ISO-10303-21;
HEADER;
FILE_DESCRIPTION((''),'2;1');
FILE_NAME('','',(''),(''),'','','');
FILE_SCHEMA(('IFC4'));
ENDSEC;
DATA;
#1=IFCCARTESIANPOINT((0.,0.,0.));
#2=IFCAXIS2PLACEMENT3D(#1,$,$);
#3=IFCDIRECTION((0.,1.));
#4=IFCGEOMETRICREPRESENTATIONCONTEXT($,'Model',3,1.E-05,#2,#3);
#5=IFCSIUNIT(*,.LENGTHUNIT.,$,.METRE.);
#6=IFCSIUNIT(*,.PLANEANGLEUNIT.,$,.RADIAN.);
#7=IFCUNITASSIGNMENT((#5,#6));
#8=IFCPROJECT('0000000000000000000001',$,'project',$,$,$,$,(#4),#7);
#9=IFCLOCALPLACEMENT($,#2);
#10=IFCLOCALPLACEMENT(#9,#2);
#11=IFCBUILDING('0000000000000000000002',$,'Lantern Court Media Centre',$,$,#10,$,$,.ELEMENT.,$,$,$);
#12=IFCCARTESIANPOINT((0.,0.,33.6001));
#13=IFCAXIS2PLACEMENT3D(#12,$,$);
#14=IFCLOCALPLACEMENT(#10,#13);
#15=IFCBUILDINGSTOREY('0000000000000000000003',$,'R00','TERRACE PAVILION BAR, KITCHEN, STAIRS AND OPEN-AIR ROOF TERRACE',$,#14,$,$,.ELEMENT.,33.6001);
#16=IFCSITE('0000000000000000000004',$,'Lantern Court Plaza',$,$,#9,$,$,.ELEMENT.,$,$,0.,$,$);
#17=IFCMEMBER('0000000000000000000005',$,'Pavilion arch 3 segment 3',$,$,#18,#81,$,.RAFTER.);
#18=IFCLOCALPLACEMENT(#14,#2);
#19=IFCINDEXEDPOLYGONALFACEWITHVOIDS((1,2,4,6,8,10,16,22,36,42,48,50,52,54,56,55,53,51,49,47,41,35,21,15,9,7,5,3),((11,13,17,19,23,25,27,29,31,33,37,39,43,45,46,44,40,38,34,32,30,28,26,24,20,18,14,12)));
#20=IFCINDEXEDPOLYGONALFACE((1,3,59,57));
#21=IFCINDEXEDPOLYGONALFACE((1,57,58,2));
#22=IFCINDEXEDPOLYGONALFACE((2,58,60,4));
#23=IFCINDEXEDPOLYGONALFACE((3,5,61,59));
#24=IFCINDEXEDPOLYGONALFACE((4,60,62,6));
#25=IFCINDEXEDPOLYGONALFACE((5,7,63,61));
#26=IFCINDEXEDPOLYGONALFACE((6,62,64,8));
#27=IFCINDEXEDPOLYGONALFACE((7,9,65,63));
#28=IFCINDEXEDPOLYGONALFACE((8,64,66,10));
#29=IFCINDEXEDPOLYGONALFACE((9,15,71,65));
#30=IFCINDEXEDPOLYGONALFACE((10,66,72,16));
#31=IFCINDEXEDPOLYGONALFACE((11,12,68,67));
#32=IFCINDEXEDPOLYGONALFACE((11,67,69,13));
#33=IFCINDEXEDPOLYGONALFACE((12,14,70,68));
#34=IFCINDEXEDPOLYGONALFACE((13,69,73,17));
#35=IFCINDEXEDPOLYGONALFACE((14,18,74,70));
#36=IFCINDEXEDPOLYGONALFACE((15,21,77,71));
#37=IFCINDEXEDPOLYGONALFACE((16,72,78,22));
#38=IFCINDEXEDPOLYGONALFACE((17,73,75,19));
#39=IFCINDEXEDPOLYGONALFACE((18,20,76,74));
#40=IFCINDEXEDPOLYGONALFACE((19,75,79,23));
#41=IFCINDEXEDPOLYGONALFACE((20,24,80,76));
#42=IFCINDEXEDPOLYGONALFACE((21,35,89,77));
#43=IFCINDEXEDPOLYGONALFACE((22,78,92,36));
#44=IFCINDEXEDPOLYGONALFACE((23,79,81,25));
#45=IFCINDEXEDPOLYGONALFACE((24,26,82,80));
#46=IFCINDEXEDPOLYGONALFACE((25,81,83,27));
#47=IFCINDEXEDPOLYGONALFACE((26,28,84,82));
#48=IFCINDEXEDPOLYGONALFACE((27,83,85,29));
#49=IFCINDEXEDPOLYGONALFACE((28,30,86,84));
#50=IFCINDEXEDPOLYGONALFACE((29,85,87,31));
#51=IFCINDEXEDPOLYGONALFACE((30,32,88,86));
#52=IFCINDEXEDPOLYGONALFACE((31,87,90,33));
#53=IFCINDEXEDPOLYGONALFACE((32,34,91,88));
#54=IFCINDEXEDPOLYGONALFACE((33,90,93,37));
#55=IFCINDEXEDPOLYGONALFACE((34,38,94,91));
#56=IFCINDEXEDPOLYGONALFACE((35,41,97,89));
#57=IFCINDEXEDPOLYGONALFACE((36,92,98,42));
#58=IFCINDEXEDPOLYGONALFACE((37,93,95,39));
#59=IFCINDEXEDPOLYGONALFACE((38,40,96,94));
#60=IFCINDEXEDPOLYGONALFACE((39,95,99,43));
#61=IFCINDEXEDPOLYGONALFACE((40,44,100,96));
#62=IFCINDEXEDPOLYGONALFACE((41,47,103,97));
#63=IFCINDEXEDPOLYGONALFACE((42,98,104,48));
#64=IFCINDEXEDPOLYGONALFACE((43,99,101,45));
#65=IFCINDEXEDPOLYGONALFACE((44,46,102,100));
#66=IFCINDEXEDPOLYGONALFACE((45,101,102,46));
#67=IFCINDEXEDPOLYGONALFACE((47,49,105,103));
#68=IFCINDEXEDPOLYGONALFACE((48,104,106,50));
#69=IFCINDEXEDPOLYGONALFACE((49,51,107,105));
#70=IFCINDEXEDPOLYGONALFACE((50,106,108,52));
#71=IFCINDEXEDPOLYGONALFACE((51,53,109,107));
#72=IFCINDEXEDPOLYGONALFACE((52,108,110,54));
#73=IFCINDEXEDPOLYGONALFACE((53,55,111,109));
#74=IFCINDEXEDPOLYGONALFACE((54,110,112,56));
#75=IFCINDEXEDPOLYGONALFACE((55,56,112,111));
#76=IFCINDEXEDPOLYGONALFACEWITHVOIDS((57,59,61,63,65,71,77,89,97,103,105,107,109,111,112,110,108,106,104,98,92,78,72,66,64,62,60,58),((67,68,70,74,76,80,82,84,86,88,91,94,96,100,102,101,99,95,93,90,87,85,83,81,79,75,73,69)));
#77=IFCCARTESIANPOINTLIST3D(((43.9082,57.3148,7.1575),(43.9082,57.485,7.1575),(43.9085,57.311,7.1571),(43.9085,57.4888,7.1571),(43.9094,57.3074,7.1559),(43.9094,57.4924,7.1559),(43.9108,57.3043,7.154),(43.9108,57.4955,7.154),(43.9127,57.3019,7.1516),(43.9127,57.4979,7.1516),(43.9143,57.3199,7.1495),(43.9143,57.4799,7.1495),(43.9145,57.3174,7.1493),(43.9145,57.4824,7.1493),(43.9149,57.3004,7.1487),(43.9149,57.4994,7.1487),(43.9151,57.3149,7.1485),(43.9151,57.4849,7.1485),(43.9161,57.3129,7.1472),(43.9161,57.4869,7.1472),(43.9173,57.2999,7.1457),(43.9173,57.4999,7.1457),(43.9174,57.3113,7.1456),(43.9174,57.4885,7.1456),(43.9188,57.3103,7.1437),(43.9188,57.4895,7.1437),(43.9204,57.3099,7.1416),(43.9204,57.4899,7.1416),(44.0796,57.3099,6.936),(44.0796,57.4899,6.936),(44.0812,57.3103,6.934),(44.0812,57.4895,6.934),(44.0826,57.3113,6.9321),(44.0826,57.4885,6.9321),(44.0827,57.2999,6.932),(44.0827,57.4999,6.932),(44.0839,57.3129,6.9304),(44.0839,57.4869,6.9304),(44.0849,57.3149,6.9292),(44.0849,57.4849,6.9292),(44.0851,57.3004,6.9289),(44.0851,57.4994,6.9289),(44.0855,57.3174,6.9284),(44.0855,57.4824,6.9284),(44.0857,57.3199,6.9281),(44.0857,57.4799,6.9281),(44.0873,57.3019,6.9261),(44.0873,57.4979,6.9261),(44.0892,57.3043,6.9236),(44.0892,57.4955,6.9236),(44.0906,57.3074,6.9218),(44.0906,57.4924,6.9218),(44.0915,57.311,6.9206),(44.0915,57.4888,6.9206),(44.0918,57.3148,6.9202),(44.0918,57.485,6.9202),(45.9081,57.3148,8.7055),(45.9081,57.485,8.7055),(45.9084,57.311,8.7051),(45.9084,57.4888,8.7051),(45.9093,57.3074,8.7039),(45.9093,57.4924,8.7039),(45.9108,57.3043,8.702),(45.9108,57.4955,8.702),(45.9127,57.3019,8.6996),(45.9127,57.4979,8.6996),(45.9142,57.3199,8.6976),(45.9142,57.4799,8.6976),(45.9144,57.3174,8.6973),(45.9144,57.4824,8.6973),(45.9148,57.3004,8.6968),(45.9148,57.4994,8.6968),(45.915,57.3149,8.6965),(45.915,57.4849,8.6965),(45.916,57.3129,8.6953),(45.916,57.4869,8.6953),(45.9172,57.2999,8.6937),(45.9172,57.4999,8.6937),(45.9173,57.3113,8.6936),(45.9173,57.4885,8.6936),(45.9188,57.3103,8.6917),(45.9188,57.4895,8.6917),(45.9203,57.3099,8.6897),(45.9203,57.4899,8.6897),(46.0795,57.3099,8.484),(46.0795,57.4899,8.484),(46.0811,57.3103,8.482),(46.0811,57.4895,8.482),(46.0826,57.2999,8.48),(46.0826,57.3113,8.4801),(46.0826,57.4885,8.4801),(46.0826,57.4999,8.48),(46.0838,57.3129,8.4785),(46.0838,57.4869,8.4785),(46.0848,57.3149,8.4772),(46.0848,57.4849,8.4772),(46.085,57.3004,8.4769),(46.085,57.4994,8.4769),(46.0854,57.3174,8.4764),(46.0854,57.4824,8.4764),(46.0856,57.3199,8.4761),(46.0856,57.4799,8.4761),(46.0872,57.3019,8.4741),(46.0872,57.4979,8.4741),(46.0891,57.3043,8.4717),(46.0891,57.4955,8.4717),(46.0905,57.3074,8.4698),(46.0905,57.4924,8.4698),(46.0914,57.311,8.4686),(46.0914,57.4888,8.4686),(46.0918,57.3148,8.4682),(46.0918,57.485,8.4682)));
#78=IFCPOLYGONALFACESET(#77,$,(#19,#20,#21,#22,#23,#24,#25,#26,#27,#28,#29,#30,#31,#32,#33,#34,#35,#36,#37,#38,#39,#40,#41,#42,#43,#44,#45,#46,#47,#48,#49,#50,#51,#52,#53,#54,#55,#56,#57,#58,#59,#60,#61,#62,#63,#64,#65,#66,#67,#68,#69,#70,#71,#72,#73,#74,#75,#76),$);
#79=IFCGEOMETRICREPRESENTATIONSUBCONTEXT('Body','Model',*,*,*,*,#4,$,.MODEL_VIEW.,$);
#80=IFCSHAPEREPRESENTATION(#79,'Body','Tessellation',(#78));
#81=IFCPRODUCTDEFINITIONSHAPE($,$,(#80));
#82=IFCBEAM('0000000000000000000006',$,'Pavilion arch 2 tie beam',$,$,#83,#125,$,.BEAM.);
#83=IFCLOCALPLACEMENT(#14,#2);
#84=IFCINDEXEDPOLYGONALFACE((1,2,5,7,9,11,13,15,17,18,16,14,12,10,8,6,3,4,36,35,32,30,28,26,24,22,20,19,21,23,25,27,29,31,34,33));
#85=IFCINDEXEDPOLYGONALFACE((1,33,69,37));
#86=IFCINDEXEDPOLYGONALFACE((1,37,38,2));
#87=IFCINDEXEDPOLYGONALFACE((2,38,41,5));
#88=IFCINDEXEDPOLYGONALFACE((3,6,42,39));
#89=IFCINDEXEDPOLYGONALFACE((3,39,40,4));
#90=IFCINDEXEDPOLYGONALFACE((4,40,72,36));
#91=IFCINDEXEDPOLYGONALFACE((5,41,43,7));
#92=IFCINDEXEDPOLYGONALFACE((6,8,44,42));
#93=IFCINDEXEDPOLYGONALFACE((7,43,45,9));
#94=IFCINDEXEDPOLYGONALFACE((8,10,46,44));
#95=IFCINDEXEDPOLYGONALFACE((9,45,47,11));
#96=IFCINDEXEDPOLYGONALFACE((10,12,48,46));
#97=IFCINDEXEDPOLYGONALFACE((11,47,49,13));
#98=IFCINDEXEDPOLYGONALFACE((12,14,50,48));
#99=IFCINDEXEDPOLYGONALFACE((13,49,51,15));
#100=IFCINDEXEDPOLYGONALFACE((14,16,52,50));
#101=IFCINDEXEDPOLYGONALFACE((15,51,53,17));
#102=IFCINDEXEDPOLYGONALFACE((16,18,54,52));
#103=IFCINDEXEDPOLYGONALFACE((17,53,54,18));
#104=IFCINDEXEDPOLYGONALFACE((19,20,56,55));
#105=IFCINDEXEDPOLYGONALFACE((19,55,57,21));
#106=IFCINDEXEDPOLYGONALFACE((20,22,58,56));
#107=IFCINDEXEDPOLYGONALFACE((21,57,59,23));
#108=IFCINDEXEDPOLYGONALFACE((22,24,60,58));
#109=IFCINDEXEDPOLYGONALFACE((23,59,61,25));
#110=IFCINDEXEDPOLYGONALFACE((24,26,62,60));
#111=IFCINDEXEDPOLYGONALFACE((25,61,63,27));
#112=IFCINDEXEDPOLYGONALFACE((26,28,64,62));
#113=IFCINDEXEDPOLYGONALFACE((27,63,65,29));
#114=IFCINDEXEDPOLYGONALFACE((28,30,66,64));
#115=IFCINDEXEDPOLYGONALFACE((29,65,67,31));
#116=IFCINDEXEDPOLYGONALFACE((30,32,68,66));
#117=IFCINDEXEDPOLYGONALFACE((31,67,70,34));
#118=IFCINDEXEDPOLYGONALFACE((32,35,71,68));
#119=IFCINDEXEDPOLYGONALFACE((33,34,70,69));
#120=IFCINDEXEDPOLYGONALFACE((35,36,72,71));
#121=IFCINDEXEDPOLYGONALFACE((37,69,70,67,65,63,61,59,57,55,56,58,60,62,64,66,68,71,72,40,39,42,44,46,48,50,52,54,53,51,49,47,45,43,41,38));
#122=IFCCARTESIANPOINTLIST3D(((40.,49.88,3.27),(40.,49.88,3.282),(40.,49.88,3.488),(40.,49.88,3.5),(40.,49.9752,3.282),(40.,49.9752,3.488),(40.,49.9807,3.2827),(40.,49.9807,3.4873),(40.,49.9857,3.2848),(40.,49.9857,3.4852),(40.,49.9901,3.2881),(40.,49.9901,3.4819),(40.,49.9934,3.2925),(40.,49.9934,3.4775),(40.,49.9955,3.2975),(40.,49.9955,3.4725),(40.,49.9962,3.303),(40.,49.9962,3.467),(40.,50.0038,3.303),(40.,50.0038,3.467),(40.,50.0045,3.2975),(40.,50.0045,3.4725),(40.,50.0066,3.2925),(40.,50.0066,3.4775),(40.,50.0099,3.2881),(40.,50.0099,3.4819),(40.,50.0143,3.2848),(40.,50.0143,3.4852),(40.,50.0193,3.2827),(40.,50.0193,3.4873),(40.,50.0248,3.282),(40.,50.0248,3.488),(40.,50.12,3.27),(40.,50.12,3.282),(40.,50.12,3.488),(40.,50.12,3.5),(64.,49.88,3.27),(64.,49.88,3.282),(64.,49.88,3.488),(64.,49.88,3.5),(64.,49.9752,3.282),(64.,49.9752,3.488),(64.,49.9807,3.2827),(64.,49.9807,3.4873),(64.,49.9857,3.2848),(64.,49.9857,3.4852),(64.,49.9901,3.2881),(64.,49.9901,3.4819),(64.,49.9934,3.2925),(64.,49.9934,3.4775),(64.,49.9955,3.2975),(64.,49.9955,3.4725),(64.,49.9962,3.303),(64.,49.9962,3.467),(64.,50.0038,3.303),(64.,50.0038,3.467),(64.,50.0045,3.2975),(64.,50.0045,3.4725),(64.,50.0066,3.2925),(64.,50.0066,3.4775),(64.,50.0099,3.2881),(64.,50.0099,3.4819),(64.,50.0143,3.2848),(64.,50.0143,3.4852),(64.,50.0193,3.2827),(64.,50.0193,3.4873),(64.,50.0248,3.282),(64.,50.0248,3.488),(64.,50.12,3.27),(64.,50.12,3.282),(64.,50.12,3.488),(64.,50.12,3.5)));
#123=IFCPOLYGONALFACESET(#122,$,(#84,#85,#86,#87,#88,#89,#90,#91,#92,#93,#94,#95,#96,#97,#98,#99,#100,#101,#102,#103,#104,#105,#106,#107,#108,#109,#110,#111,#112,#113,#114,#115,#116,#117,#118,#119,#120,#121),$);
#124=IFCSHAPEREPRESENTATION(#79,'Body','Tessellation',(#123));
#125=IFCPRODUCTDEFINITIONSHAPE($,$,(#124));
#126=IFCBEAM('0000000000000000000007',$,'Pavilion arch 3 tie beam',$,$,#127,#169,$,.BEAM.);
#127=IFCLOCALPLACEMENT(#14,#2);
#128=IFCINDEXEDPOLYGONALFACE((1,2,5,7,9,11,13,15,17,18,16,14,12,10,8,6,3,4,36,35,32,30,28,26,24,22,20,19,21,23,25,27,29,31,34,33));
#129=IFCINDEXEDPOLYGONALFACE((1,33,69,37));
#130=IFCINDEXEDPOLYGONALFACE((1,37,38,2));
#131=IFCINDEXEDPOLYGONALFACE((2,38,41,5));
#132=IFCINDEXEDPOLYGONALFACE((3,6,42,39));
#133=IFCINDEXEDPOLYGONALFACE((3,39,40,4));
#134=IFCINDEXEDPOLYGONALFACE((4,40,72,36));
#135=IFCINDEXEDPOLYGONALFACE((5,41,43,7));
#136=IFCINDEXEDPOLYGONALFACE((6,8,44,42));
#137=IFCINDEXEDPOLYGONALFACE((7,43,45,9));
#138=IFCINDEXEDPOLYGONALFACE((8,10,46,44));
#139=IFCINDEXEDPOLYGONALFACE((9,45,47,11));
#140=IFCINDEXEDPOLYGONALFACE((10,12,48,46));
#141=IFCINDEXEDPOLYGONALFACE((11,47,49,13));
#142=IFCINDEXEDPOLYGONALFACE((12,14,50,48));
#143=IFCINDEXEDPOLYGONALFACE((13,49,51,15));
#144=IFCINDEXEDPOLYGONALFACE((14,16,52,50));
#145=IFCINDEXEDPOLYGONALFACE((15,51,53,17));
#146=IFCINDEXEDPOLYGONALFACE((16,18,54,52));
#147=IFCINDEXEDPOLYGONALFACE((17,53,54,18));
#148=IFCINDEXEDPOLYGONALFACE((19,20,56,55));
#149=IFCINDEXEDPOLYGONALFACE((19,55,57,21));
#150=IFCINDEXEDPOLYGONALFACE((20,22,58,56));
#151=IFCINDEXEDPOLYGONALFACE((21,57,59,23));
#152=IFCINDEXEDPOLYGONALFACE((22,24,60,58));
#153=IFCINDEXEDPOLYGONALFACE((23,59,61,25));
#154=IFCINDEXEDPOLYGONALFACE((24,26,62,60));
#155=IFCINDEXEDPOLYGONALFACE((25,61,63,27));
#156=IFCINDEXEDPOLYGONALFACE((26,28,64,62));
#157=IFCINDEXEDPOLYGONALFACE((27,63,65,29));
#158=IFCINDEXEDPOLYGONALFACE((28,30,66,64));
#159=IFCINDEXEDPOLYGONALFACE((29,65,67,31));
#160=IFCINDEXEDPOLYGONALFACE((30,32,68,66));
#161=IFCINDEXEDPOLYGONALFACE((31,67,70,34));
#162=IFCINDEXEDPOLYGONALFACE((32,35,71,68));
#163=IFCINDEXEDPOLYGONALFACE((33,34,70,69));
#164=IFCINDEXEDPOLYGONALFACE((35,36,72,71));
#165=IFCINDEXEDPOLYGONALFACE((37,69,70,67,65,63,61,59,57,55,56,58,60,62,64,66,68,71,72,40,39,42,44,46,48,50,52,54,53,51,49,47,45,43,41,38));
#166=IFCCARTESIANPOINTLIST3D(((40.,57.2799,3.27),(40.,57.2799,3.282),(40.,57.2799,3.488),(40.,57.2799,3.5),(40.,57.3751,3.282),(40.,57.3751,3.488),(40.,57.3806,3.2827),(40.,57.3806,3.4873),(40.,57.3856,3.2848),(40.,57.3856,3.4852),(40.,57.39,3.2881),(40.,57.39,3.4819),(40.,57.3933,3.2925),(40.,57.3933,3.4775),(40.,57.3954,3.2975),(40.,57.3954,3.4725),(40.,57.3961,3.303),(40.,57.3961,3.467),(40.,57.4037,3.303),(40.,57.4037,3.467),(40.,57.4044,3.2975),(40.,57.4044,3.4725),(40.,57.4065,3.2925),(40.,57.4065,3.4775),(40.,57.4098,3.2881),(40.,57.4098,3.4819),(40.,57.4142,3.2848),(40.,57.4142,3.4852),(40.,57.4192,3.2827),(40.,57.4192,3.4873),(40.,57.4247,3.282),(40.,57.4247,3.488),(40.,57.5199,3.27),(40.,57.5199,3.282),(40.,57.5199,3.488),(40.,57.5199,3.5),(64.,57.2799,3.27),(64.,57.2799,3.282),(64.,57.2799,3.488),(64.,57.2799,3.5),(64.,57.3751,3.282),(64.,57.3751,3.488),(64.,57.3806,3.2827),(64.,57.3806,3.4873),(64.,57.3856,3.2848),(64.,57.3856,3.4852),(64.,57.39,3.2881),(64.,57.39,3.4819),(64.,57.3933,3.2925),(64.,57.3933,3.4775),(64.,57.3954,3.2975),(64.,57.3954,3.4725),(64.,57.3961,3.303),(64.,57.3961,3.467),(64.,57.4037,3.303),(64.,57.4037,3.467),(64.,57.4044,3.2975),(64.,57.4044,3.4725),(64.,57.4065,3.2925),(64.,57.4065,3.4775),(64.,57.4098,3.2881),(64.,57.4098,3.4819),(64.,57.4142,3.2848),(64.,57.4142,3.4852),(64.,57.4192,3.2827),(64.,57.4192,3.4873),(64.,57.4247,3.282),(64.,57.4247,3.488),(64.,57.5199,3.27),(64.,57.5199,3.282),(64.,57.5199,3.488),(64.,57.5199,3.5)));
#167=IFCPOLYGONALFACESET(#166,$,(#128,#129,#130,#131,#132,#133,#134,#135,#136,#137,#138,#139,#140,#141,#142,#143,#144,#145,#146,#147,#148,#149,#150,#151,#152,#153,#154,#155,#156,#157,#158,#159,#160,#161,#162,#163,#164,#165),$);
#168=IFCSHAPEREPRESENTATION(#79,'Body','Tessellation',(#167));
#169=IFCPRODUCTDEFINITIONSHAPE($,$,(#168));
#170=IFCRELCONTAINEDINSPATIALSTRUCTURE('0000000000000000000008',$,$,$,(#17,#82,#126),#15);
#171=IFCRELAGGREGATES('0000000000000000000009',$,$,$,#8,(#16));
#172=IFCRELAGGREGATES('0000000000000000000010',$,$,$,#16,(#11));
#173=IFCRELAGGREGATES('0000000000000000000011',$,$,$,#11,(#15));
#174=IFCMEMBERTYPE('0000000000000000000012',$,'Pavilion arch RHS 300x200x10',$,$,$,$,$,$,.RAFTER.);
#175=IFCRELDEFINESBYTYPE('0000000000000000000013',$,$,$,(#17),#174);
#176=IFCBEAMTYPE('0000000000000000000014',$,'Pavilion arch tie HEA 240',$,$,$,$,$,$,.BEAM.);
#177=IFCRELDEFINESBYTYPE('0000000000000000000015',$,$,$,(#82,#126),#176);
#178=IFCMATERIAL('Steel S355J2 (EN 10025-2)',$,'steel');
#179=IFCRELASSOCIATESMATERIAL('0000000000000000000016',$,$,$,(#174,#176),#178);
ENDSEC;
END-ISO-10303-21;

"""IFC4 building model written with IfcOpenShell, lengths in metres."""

from ifc_helpers import new_model, si_unit, direction, frame, origin, origin_2d, place, context, subcontext, project, spatial, hollow_rectangle, i_section, extrude, material, material_profile, profile_set, type_object, element, save


model = new_model("IFC4")

# Units and contexts
model_context = context("Model", 3, precision=1e-05, world=origin(), true_north=direction((0.0, 1.0)))
body_context = subcontext(model_context, "Body", "Model", "MODEL_VIEW")
ifc_project = project(units=[si_unit("LENGTHUNIT", "METRE"), si_unit("PLANEANGLEUNIT", "RADIAN")], contexts=[model_context])

# Site, building, storey
site_placement = place(None, origin())
site = spatial("IfcSite", under=ifc_project, at=site_placement, Name="Lantern Court Plaza", CompositionType="ELEMENT", RefElevation=0.0)
building_placement = place(site_placement, origin())
building = spatial("IfcBuilding", under=site, at=building_placement, Name="Lantern Court Media Centre", CompositionType="ELEMENT")
storey_placement = place(building_placement, frame((0.0, 0.0, 33.6001)))
storey = spatial("IfcBuildingStorey", under=building, at=storey_placement, Name="R00", Description="TERRACE PAVILION BAR, KITCHEN, STAIRS AND OPEN-AIR ROOF TERRACE", CompositionType="ELEMENT", Elevation=33.6001)

# Shared definitions
ifc_material_1 = material(Name="Steel S355J2 (EN 10025-2)", Category="steel")

# Member
ifc_material_profile_1 = material_profile(ifc_material_1, hollow_rectangle(XDim=0.2, YDim=0.3, WallThickness=0.01, InnerFilletRadius=0.01, OuterFilletRadius=0.0149, at=origin_2d()), Name="Pavilion arch RHS 300x200x10")
ifc_profile_set_1 = profile_set([ifc_material_profile_1], Name="Steel S355J2 (EN 10025-2)")
member_type_1 = type_object("IfcMemberType", Name="Pavilion arch RHS 300x200x10", PredefinedType="RAFTER", material=ifc_profile_set_1)
member_1_placement = place(storey_placement, frame((44.0, 57.3999, 7.0388), z_axis=(0.790779, 0.0, 0.612101), x_axis=(0.0, 1.0, 0.0)))
element("IfcMember", 1, at=member_1_placement, inside=storey, type_object=member_type_1, Name="Pavilion arch 3 segment 3", PredefinedType="RAFTER", context=body_context, shape_type="SweptSolid", body=[
    extrude(hollow_rectangle(XDim=0.2, YDim=0.3, WallThickness=0.01, InnerFilletRadius=0.01, OuterFilletRadius=0.0149, at=origin_2d()), origin(), (0.0, 0.0, 1.0), 2.5291),
])

# Beams
ifc_material_profile_2 = material_profile(ifc_material_1, i_section(OverallWidth=0.24, OverallDepth=0.23, WebThickness=0.0076, FlangeThickness=0.012, FilletRadius=0.021, at=origin_2d()), Name="HEA 240")
ifc_profile_set_2 = profile_set([ifc_material_profile_2], Name="Steel S355J2 (EN 10025-2)")
beam_type_1 = type_object("IfcBeamType", Name="Pavilion arch tie HEA 240", PredefinedType="BEAM", material=ifc_profile_set_2)
for number, where, z_axis, x_axis, name in (
    (2, (40.0, 50.0, 3.385), (1.0, 0.0, 0.0), (0.0, 1.0, 0.0), "Pavilion arch 2 tie beam"),
    (3, (40.0, 57.3999, 3.385), (1.0, 0.0, 0.0), (0.0, 1.0, 0.0), "Pavilion arch 3 tie beam"),
):
    element("IfcBeam", number, at=place(storey_placement, frame(where, z_axis=z_axis, x_axis=x_axis)), inside=storey, type_object=beam_type_1, Name=name, PredefinedType="BEAM", context=body_context, shape_type="SweptSolid", body=[
        extrude(i_section(OverallWidth=0.24, OverallDepth=0.23, WebThickness=0.0076, FlangeThickness=0.012, FilletRadius=0.021, at=origin_2d()), origin(), (0.0, 0.0, 1.0), 24.0),
    ])

save(model, "model.ifc")
